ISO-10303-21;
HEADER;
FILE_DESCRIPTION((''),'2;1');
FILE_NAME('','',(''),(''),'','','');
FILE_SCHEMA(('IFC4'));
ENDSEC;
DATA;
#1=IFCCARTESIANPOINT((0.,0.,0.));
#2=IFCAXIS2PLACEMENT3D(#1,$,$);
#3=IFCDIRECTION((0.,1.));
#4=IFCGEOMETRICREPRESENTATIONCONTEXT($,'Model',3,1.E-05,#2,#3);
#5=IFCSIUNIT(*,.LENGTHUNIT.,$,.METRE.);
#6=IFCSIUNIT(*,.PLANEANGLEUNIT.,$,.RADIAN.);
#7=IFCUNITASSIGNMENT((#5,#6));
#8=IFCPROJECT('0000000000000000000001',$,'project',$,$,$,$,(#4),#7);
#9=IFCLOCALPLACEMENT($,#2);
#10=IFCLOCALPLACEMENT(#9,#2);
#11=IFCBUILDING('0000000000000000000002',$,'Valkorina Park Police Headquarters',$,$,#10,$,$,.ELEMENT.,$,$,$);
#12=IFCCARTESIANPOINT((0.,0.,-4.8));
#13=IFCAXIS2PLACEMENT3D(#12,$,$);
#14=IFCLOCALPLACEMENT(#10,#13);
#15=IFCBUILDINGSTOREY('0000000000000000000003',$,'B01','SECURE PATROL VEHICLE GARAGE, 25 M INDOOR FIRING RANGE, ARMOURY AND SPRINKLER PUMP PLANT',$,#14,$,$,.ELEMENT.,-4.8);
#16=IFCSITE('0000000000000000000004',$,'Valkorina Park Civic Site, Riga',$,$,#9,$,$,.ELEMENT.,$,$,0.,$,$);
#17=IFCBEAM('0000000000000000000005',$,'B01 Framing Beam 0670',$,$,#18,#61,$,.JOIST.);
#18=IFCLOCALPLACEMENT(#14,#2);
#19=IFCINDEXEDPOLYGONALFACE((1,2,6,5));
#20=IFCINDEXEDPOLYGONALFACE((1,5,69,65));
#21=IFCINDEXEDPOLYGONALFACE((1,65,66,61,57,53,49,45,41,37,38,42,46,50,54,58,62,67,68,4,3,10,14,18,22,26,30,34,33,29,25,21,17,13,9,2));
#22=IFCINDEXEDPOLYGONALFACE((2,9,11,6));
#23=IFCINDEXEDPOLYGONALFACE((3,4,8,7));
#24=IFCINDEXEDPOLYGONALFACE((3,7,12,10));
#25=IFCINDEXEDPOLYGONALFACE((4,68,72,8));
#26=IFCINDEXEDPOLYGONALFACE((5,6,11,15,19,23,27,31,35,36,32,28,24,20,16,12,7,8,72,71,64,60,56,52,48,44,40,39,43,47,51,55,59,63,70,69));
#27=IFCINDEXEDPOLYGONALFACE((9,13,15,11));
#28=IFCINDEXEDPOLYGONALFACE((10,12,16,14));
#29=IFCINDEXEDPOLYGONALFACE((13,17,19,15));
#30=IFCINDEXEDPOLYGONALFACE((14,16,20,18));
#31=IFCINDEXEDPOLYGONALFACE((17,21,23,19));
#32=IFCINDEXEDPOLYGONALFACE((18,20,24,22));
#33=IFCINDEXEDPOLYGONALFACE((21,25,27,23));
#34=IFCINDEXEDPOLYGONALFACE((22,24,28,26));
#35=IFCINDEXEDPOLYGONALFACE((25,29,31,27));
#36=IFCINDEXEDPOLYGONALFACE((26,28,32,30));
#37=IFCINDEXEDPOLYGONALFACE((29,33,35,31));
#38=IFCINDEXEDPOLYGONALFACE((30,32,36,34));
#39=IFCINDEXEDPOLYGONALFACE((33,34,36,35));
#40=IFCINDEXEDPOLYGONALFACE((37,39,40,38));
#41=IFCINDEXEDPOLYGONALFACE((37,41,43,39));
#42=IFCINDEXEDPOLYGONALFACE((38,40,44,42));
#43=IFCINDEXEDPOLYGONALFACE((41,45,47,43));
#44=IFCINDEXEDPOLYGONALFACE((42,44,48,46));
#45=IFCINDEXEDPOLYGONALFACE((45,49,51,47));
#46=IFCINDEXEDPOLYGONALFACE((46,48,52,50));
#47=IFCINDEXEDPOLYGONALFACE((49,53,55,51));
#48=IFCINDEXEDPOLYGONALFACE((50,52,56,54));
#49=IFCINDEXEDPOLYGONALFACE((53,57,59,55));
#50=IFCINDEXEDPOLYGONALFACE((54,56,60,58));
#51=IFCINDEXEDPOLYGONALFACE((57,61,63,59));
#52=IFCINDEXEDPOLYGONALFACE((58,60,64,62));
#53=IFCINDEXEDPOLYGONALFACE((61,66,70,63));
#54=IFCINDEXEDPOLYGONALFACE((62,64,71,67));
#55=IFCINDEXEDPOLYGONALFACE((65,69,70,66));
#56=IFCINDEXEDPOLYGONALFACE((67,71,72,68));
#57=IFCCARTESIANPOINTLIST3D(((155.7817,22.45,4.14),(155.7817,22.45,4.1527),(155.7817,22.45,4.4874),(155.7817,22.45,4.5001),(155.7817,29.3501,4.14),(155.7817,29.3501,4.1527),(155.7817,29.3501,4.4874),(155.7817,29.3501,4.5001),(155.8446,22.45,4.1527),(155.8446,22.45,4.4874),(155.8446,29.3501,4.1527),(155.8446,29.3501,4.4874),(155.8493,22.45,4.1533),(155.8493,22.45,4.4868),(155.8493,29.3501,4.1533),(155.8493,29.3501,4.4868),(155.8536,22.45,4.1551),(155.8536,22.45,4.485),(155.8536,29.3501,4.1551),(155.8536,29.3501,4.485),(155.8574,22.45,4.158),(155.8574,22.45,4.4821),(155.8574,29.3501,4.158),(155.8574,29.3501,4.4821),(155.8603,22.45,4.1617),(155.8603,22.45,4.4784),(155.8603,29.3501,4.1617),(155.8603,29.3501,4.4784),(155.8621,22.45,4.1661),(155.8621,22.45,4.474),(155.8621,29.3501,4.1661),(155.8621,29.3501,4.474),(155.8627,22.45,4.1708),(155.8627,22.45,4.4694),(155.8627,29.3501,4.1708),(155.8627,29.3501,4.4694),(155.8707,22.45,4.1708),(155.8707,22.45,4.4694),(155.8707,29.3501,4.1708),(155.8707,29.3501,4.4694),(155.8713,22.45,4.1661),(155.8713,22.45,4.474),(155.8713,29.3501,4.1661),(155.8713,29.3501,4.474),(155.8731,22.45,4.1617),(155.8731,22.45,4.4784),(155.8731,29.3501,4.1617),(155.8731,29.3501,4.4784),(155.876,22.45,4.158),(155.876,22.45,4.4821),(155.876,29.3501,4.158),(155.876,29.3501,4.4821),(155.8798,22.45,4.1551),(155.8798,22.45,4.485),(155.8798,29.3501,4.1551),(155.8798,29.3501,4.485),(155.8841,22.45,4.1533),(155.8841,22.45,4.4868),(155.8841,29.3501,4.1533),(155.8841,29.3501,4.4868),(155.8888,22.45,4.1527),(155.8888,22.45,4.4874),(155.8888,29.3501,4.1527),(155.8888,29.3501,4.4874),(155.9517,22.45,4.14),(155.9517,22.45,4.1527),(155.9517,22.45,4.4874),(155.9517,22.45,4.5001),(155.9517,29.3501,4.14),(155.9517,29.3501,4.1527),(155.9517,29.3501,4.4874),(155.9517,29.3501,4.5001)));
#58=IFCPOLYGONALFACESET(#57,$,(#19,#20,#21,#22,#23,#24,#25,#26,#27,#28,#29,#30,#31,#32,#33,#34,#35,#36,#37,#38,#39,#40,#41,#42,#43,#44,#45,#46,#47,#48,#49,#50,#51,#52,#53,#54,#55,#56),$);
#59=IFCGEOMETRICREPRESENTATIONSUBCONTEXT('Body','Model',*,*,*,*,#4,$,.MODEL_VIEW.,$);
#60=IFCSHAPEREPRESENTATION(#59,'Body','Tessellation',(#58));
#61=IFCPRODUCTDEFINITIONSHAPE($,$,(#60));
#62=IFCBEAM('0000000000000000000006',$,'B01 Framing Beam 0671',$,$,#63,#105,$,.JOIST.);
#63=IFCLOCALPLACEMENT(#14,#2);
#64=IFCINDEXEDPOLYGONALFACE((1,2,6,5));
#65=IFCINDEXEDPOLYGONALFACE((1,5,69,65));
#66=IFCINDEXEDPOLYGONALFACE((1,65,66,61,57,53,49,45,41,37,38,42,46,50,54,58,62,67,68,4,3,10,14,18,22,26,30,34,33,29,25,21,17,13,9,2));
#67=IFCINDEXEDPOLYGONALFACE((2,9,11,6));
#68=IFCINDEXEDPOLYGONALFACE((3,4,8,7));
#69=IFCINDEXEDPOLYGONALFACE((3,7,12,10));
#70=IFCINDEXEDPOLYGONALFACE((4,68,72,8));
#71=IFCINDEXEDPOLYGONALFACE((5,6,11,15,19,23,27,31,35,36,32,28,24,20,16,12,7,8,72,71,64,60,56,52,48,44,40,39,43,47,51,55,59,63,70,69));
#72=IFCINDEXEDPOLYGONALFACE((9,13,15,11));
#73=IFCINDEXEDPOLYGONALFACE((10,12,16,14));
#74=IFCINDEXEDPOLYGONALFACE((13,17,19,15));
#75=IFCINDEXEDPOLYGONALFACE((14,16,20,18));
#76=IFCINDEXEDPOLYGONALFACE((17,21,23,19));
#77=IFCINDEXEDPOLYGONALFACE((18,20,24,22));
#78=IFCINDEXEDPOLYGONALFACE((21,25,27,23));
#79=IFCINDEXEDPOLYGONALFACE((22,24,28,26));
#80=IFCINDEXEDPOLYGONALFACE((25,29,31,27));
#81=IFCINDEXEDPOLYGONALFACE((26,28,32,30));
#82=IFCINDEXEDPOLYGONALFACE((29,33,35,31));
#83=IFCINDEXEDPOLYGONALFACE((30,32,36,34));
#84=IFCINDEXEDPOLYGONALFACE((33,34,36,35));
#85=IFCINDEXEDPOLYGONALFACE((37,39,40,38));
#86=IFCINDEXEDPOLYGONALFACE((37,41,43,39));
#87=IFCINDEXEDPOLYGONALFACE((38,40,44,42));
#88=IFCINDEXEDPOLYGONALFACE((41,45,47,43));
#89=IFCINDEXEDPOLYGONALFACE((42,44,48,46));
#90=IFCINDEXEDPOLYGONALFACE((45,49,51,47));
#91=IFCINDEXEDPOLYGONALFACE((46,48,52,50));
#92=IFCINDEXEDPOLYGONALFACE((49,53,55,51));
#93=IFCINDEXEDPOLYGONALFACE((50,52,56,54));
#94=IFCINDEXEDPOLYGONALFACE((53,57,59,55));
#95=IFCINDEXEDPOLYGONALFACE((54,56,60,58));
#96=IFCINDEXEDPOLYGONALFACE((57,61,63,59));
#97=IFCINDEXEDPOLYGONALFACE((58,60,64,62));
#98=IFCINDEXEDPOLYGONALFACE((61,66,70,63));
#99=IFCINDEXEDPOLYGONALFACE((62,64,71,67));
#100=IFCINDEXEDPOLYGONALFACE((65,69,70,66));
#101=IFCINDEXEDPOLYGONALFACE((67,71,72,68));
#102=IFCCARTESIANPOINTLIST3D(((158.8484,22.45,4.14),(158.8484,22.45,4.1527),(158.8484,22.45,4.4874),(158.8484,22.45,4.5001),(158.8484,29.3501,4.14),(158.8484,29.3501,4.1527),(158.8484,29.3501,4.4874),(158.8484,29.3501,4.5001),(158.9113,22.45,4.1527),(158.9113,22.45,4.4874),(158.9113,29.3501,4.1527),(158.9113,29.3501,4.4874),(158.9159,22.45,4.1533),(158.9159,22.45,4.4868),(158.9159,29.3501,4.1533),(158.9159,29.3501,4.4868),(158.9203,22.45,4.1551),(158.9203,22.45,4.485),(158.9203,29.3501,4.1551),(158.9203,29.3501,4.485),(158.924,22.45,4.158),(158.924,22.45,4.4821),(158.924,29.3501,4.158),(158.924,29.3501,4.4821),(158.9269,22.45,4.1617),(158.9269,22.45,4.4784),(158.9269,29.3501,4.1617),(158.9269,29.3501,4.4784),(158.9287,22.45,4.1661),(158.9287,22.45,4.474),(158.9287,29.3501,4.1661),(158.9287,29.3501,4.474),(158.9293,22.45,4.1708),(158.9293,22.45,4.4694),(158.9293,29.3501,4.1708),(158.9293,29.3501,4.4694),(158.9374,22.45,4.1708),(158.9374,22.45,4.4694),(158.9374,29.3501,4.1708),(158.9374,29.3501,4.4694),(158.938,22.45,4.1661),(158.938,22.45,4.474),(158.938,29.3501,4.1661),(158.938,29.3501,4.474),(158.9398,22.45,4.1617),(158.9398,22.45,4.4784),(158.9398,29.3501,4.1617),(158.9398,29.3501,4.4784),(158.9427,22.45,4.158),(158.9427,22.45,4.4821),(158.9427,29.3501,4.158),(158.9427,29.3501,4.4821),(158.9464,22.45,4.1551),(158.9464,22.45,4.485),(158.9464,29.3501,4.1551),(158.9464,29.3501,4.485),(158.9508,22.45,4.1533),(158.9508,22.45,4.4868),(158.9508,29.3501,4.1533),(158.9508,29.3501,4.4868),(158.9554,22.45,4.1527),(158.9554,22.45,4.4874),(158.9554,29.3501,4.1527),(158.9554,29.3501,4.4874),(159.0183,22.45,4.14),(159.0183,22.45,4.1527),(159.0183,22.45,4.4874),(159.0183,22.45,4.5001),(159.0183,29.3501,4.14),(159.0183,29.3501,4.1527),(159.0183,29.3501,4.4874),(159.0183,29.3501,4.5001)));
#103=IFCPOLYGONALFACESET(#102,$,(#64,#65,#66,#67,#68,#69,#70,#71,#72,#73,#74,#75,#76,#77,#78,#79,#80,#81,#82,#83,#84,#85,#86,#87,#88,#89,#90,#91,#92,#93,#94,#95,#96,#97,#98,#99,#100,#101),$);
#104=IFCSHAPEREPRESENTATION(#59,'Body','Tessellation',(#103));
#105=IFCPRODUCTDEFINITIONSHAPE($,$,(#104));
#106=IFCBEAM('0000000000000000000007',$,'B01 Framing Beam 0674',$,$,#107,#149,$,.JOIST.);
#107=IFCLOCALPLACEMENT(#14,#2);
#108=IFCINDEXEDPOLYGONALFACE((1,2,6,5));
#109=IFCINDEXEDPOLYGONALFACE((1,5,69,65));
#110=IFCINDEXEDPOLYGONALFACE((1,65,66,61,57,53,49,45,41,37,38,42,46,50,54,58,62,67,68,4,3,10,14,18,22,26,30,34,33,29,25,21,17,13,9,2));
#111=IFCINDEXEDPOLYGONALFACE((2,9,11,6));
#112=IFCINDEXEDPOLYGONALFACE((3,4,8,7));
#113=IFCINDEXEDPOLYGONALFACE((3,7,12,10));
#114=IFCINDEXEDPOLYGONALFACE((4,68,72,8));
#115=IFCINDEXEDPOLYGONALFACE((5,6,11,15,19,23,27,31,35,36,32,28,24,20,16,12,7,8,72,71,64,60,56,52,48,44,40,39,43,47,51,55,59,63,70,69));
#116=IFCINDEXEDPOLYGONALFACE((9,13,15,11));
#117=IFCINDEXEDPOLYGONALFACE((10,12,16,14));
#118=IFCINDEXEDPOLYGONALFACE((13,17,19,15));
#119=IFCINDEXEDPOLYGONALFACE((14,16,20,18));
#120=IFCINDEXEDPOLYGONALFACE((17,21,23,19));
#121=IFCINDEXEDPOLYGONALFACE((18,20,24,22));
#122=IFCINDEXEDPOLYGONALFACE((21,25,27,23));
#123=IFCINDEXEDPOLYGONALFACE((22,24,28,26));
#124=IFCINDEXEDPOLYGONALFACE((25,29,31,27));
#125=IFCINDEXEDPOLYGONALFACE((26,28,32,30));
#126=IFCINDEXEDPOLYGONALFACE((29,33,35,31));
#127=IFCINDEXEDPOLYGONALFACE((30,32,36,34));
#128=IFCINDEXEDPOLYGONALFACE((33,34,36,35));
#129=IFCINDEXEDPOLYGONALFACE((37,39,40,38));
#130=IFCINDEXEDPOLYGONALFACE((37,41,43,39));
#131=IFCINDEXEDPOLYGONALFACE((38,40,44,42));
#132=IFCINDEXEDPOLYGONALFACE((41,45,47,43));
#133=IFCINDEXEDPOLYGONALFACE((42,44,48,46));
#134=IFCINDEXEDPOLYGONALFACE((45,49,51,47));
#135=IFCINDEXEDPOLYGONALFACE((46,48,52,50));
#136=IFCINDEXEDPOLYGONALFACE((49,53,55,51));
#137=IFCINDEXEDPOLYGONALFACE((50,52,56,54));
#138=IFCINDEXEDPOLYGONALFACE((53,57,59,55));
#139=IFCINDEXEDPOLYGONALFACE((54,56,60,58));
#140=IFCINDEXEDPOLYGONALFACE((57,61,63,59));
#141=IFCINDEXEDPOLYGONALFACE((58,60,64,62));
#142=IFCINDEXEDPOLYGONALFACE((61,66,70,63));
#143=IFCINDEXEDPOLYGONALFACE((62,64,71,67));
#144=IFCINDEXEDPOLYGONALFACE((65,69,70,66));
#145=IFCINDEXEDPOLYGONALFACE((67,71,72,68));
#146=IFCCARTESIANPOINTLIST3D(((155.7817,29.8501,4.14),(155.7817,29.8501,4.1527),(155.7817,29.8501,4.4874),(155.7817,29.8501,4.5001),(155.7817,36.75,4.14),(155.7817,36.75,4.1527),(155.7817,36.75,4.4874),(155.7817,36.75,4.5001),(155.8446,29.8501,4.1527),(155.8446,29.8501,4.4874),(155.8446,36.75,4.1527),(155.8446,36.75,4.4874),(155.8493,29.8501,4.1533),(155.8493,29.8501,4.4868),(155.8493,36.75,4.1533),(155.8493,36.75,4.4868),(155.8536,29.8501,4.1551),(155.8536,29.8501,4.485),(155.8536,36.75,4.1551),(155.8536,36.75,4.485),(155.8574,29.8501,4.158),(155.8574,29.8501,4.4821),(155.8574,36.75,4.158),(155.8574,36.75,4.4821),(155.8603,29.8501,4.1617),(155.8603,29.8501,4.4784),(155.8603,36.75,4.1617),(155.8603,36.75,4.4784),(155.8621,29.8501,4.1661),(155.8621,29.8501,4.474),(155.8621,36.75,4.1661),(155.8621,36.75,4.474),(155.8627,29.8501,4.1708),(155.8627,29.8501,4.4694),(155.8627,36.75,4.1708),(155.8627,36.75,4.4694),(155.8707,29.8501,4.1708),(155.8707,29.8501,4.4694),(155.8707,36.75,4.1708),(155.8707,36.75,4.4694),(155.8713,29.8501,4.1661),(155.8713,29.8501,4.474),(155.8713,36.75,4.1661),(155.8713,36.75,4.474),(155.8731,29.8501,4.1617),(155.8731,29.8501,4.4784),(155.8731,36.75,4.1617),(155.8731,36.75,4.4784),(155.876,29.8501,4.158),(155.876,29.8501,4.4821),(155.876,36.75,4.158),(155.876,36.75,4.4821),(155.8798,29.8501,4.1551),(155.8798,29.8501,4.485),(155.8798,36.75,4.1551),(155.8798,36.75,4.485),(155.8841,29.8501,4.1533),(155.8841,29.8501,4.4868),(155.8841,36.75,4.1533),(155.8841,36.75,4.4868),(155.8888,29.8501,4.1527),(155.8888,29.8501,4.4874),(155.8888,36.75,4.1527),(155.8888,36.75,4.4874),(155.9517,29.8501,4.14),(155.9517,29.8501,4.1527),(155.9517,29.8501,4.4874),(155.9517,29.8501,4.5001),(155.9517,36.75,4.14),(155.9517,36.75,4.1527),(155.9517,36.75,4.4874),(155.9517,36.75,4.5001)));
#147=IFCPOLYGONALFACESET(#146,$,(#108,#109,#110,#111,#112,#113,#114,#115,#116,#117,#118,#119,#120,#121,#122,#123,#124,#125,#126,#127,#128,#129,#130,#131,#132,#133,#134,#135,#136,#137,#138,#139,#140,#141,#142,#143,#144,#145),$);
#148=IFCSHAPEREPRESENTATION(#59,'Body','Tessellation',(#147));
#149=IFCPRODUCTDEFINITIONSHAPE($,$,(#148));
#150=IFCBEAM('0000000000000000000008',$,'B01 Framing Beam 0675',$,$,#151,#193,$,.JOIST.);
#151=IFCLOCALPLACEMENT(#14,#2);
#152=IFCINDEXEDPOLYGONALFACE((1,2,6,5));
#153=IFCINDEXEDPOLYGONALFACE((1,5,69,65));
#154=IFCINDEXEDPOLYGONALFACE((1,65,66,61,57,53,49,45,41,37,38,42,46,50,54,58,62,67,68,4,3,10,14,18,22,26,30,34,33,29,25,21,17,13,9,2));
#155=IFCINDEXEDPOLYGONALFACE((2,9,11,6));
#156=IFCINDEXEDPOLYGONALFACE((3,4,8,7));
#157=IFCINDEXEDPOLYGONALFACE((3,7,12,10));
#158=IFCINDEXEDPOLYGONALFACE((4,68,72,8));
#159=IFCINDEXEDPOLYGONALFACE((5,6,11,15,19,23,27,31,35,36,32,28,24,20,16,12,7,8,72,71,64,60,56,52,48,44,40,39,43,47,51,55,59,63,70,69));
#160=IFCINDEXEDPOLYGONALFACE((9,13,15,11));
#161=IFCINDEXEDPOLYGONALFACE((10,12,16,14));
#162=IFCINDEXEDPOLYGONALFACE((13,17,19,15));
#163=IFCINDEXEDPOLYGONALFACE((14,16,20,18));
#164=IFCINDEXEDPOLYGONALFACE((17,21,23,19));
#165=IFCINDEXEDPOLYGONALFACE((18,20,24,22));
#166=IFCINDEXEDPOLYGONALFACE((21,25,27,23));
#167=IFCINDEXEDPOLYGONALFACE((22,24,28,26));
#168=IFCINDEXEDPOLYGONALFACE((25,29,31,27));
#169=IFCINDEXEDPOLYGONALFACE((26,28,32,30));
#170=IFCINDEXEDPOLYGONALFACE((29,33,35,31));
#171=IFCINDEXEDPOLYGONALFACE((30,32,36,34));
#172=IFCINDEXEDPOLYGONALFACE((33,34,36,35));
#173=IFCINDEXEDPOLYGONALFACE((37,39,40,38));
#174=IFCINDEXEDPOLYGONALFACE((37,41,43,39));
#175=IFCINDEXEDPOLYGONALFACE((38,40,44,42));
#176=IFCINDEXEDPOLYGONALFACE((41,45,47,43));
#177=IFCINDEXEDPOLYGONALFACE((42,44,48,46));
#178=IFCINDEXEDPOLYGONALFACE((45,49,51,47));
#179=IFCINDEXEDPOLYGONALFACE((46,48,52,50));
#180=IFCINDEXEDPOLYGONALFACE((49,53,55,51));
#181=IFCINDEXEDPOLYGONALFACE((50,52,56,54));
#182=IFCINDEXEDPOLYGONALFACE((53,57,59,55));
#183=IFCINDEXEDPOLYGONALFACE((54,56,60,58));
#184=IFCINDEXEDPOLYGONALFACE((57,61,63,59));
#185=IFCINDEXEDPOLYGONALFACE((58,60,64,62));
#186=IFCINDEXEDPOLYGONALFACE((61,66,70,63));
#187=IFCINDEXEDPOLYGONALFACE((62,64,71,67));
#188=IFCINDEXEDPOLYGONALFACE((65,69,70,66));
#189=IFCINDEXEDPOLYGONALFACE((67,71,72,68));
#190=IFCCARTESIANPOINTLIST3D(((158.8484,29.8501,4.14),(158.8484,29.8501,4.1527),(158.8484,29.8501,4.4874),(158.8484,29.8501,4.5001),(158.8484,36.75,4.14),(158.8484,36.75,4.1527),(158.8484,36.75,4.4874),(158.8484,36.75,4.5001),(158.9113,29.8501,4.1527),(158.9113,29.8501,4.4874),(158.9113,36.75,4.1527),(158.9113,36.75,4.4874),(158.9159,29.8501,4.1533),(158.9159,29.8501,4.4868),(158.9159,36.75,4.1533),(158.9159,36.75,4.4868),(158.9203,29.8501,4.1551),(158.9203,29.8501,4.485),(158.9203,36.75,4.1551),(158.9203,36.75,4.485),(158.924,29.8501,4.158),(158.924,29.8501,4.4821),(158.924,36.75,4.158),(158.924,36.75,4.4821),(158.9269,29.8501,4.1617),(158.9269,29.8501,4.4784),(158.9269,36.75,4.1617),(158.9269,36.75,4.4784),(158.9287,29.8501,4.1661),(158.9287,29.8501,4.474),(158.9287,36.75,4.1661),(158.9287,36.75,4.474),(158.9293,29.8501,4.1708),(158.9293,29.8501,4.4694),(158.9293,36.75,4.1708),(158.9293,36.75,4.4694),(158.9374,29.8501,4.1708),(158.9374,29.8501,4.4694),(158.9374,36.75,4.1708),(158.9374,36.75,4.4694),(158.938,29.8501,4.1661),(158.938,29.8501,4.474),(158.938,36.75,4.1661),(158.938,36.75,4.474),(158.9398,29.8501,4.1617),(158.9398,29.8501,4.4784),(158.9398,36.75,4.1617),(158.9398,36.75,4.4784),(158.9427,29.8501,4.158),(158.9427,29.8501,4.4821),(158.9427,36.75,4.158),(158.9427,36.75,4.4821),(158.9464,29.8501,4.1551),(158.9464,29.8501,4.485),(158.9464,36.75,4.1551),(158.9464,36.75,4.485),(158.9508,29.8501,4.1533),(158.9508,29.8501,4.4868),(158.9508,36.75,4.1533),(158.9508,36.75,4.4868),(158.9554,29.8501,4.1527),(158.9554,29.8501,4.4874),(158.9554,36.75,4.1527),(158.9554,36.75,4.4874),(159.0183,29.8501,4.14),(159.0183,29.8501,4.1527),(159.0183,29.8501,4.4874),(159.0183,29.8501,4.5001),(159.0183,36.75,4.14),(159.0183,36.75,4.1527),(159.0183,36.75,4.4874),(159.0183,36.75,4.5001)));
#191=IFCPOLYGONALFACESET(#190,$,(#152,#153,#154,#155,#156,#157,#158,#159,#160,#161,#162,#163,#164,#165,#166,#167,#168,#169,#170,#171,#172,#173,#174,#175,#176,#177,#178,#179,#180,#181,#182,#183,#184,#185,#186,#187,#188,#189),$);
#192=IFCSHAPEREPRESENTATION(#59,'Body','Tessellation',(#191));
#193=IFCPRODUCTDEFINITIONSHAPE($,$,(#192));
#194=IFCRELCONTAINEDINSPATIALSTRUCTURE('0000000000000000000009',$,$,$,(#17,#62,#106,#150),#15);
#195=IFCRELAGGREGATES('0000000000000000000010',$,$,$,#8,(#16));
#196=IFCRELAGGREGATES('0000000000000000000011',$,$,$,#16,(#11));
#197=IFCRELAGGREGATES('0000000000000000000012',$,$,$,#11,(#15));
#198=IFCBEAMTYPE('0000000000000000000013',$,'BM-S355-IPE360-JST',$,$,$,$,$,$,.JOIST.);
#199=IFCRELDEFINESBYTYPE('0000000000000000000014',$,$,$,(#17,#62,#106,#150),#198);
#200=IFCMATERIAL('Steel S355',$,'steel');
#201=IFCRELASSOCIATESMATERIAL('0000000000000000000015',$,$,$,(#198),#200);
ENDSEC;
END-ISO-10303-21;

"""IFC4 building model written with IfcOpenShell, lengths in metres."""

from ifc_helpers import new_model, si_unit, direction, frame, origin, origin_2d, place, context, subcontext, project, spatial, i_section, extrude, material, material_profile, profile_set, type_object, element, save


model = new_model("IFC4")

# Units and contexts
model_context = context("Model", 3, precision=1e-05, world=origin(), true_north=direction((0.0, 1.0)))
body_context = subcontext(model_context, "Body", "Model", "MODEL_VIEW")
ifc_project = project(units=[si_unit("LENGTHUNIT", "METRE"), si_unit("PLANEANGLEUNIT", "RADIAN")], contexts=[model_context])

# Site, building, storey
site_placement = place(None, origin())
site = spatial("IfcSite", under=ifc_project, at=site_placement, Name="Valkorina Park Civic Site, Riga", CompositionType="ELEMENT", RefElevation=0.0)
building_placement = place(site_placement, origin())
building = spatial("IfcBuilding", under=site, at=building_placement, Name="Valkorina Park Police Headquarters", CompositionType="ELEMENT")
storey_placement = place(building_placement, frame((0.0, 0.0, -4.8)))
storey = spatial("IfcBuildingStorey", under=building, at=storey_placement, Name="B01", Description="SECURE PATROL VEHICLE GARAGE, 25 M INDOOR FIRING RANGE, ARMOURY AND SPRINKLER PUMP PLANT", CompositionType="ELEMENT", Elevation=-4.8)

# Beams
ifc_material_1 = material(Name="Steel S355", Category="steel")
ifc_material_profile_1 = material_profile(ifc_material_1, i_section(OverallWidth=0.1699, OverallDepth=0.3601, WebThickness=0.0081, FlangeThickness=0.0127, FilletRadius=0.0181, at=origin_2d()), Name="IPE 360")
ifc_profile_set_1 = profile_set([ifc_material_profile_1], Name="Steel S355")
beam_type_1 = type_object("IfcBeamType", Name="BM-S355-IPE360-JST", PredefinedType="JOIST", material=ifc_profile_set_1)
for number, where, z_axis, x_axis, name in (
    (1, (155.8667, 22.45, 4.3201), (0.0, 1.0, 0.0), (-1.0, 0.0, 0.0), "B01 Framing Beam 0670"),
    (2, (158.9333, 22.45, 4.3201), (0.0, 1.0, 0.0), (-1.0, 0.0, 0.0), "B01 Framing Beam 0671"),
):
    element("IfcBeam", number, at=place(storey_placement, frame(where, z_axis=z_axis, x_axis=x_axis)), inside=storey, type_object=beam_type_1, Name=name, PredefinedType="JOIST", context=body_context, shape_type="SweptSolid", body=[
        extrude(i_section(OverallWidth=0.1699, OverallDepth=0.3601, WebThickness=0.0081, FlangeThickness=0.0127, FilletRadius=0.0181, at=origin_2d()), origin(), (0.0, 0.0, 1.0), 6.9001),
    ])
for number, where, z_axis, x_axis, name in (
    (3, (155.8667, 29.8501, 4.3201), (0.0, 1.0, 0.0), (-1.0, 0.0, 0.0), "B01 Framing Beam 0674"),
    (4, (158.9333, 29.8501, 4.3201), (0.0, 1.0, 0.0), (-1.0, 0.0, 0.0), "B01 Framing Beam 0675"),
):
    element("IfcBeam", number, at=place(storey_placement, frame(where, z_axis=z_axis, x_axis=x_axis)), inside=storey, type_object=beam_type_1, Name=name, PredefinedType="JOIST", context=body_context, shape_type="SweptSolid", body=[
        extrude(i_section(OverallWidth=0.1699, OverallDepth=0.3601, WebThickness=0.0081, FlangeThickness=0.0127, FilletRadius=0.0181, at=origin_2d()), origin(), (0.0, 0.0, 1.0), 6.8999),
    ])

save(model, "model.ifc")
